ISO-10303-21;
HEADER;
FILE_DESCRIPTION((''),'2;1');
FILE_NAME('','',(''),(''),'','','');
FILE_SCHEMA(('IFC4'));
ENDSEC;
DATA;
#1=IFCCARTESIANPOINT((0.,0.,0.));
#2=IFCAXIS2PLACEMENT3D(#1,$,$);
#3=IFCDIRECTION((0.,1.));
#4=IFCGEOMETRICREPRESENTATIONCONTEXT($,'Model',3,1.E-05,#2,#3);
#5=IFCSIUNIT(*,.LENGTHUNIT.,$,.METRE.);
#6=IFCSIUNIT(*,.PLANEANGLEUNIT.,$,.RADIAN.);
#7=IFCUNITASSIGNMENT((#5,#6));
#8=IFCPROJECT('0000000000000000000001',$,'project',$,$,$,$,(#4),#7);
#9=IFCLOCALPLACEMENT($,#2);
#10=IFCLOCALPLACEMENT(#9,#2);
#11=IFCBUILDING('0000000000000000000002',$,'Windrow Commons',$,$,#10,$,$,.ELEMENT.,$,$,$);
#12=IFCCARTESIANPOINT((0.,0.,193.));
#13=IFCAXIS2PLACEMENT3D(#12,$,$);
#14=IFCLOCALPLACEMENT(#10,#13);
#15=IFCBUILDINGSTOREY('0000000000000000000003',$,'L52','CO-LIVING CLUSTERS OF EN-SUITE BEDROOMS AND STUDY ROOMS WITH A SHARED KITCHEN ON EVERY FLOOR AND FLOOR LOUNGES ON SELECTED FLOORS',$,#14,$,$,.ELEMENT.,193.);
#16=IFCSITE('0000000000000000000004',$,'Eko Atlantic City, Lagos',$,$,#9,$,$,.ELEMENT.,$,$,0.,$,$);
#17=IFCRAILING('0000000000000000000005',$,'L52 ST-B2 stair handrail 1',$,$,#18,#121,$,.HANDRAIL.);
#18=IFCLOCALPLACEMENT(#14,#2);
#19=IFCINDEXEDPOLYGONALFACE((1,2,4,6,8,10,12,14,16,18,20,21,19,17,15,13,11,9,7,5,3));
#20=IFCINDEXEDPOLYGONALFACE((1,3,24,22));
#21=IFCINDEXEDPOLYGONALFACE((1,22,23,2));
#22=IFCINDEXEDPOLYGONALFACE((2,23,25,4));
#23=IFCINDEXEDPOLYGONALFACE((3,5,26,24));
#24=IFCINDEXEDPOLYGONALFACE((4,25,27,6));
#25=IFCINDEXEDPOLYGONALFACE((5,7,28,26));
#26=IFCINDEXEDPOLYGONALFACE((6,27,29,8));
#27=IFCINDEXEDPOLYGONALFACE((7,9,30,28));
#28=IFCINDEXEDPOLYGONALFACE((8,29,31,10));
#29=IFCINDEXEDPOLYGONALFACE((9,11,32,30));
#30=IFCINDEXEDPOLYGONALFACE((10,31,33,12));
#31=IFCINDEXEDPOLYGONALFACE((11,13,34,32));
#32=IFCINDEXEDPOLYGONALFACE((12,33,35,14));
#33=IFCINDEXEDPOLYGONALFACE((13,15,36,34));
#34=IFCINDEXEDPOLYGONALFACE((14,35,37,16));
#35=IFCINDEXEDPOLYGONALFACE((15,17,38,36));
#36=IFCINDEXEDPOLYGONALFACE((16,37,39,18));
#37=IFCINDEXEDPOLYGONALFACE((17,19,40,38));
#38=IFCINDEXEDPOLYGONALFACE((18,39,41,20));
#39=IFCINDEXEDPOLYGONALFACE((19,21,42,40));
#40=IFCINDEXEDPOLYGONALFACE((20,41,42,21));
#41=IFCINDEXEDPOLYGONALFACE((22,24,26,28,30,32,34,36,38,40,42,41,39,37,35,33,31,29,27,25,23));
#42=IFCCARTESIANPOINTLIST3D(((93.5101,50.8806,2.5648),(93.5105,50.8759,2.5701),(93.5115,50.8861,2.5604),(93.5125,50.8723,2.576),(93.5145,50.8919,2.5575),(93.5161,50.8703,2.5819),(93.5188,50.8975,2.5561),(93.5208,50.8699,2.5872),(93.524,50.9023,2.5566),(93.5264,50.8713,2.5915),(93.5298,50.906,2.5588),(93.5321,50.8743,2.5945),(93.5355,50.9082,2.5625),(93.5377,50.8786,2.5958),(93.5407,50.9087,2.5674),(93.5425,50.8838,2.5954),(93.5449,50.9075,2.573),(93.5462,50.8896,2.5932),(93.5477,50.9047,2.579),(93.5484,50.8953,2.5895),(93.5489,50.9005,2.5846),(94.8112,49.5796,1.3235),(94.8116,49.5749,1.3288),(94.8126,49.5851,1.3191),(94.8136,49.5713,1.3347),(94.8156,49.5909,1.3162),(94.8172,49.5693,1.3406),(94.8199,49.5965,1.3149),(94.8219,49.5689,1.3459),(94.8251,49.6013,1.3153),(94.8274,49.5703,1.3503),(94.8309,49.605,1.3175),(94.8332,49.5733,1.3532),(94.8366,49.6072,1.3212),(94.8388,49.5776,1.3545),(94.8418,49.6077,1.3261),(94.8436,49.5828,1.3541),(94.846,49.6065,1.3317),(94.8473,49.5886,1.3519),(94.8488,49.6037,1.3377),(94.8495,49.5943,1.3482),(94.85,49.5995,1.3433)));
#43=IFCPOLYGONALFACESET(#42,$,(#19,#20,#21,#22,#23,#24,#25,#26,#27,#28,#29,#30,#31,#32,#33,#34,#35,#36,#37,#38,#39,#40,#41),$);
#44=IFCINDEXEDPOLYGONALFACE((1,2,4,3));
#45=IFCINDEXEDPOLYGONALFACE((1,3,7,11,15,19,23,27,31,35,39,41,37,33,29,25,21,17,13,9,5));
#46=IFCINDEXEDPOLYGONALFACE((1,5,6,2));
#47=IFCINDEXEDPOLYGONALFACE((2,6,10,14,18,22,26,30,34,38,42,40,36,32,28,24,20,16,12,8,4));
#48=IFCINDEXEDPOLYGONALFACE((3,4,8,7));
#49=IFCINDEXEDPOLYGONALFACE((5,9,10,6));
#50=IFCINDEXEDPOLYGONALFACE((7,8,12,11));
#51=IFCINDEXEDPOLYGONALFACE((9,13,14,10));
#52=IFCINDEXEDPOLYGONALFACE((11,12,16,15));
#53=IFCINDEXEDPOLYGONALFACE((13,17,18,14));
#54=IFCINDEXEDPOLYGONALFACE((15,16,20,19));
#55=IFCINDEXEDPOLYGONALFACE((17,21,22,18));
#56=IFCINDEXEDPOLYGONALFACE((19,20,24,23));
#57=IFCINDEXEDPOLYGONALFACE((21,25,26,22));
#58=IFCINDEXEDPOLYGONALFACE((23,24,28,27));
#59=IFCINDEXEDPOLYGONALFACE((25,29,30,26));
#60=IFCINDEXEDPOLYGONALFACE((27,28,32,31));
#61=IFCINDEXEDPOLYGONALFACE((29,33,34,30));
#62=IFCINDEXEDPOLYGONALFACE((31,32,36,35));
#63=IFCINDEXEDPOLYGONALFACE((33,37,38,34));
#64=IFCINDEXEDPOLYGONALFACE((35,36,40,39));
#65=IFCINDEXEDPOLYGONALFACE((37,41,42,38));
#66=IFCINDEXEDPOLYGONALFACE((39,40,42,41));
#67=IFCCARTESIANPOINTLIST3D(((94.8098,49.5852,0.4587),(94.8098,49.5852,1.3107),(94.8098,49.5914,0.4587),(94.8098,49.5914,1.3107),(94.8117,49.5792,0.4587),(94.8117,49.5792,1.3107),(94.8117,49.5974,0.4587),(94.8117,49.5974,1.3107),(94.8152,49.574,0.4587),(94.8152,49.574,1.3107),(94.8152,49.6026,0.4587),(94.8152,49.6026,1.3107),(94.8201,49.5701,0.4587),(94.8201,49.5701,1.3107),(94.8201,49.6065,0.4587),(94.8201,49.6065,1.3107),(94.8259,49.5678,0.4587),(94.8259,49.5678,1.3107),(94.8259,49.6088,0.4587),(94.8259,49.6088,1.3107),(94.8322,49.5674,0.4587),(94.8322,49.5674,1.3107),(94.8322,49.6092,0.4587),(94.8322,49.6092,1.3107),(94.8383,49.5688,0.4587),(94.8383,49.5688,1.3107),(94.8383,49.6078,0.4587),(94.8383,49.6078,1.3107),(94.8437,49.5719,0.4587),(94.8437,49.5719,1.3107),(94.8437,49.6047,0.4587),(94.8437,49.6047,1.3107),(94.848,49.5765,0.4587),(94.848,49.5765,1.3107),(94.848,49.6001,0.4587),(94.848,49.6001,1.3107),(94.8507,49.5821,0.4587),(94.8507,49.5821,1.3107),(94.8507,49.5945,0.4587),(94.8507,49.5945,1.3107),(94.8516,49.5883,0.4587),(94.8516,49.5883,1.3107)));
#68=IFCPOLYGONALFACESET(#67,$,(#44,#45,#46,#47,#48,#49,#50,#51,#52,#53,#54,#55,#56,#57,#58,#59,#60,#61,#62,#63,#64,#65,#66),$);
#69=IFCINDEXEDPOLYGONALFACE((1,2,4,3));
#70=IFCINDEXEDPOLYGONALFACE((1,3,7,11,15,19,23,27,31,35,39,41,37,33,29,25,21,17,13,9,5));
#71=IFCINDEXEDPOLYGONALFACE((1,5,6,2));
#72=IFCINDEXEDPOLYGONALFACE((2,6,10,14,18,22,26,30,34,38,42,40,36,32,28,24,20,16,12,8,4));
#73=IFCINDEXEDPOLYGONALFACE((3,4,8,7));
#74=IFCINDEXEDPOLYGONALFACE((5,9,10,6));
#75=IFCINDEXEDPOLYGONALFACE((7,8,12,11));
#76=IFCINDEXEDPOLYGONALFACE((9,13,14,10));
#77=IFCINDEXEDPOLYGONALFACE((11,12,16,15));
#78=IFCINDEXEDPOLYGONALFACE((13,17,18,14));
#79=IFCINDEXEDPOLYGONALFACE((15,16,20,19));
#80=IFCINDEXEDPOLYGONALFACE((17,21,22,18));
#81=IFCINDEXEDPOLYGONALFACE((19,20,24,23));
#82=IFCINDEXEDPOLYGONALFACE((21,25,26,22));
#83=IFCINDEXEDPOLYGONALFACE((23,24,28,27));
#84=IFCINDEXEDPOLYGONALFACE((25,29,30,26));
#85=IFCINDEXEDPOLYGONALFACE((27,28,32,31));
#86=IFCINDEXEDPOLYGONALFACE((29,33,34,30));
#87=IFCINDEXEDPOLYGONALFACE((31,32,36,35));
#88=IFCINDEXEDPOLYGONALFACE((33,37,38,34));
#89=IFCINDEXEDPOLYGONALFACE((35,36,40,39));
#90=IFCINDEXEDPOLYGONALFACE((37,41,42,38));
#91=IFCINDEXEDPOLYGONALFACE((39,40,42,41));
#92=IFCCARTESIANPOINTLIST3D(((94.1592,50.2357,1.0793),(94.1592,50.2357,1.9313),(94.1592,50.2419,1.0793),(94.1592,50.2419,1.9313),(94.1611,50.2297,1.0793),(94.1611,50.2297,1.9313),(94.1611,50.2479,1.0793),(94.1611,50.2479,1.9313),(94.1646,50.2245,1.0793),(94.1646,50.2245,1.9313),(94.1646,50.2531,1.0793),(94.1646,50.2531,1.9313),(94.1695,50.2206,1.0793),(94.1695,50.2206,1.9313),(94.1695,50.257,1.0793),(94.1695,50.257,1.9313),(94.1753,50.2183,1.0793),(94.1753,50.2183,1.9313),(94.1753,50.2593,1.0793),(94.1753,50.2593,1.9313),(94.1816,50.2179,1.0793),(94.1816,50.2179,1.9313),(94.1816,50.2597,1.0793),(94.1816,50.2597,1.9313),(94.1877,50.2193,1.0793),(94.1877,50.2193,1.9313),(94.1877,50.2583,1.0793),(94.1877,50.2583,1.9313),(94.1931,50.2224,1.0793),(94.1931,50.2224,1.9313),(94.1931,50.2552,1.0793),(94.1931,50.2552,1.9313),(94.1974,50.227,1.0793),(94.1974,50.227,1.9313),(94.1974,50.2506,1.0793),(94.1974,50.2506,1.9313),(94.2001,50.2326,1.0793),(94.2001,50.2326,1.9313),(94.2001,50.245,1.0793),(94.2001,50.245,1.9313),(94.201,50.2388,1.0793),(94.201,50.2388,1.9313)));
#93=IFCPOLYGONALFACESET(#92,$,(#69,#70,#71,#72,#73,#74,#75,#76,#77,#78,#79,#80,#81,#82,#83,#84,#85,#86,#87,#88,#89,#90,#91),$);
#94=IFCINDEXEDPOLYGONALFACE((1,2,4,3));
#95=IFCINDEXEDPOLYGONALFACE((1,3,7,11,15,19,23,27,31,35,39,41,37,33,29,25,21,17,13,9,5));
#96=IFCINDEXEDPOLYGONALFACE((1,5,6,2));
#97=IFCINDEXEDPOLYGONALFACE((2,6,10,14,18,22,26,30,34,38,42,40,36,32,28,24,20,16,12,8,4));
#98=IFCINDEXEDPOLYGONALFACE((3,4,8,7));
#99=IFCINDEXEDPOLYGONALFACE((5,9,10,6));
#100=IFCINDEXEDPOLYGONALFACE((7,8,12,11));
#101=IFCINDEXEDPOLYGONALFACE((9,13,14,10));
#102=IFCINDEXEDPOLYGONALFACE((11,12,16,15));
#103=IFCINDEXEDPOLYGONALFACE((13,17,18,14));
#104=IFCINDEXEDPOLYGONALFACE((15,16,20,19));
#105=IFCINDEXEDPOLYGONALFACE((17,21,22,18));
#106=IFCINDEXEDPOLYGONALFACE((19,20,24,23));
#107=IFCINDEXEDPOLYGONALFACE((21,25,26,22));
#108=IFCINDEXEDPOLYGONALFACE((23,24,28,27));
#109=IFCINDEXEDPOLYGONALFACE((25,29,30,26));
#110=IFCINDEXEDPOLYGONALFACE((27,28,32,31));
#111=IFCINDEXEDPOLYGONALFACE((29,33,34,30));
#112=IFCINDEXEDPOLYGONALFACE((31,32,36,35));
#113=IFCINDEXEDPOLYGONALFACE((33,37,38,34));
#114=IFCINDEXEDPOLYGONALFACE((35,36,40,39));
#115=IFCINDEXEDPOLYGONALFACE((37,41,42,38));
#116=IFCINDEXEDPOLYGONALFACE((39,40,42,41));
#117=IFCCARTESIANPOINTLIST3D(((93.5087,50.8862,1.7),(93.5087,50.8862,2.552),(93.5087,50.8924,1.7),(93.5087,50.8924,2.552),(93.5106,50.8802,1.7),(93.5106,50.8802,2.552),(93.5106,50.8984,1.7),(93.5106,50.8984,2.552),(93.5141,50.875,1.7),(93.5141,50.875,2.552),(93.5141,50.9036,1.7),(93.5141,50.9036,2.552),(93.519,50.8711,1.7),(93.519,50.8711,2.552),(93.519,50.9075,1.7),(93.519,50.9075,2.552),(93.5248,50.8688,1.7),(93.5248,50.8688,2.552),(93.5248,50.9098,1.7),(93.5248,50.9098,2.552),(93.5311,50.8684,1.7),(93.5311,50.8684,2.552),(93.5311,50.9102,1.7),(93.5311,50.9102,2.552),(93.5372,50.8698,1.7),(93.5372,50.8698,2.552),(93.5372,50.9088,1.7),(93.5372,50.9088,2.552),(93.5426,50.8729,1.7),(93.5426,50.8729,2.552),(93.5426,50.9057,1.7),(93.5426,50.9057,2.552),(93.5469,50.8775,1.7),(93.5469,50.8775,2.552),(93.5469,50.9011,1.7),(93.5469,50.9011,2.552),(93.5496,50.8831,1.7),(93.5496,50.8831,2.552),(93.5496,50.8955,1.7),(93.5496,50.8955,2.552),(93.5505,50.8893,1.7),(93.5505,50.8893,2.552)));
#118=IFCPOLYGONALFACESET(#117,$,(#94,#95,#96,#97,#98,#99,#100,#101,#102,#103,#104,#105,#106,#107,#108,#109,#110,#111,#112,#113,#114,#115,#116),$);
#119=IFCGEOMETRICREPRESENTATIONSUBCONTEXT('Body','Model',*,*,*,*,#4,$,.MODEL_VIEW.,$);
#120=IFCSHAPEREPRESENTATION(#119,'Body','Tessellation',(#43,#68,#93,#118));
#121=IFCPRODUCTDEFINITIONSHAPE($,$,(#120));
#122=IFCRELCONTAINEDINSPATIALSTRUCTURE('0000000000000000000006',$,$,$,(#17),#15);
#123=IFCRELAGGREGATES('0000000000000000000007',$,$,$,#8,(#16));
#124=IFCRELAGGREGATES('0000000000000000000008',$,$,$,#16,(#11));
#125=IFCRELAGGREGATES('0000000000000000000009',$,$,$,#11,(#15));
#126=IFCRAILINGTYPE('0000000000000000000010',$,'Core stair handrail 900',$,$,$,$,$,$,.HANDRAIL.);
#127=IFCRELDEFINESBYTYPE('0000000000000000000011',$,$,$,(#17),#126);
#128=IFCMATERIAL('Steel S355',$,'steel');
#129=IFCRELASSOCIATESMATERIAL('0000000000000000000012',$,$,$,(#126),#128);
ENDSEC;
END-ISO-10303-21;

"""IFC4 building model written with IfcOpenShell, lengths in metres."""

from ifc_helpers import new_model, si_unit, direction, frame, origin, origin_2d, place, context, subcontext, project, spatial, circle, extrude, material, type_object, element, save


model = new_model("IFC4")

# Units and contexts
model_context = context("Model", 3, precision=1e-05, world=origin(), true_north=direction((0.0, 1.0)))
body_context = subcontext(model_context, "Body", "Model", "MODEL_VIEW")
ifc_project = project(units=[si_unit("LENGTHUNIT", "METRE"), si_unit("PLANEANGLEUNIT", "RADIAN")], contexts=[model_context])

# Site, building, storey
site_placement = place(None, origin())
site = spatial("IfcSite", under=ifc_project, at=site_placement, Name="Eko Atlantic City, Lagos", CompositionType="ELEMENT", RefElevation=0.0)
building_placement = place(site_placement, origin())
building = spatial("IfcBuilding", under=site, at=building_placement, Name="Windrow Commons", CompositionType="ELEMENT")
storey_placement = place(building_placement, frame((0.0, 0.0, 193.0)))
storey = spatial("IfcBuildingStorey", under=building, at=storey_placement, Name="L52", Description="CO-LIVING CLUSTERS OF EN-SUITE BEDROOMS AND STUDY ROOMS WITH A SHARED KITCHEN ON EVERY FLOOR AND FLOOR LOUNGES ON SELECTED FLOORS", CompositionType="ELEMENT", Elevation=193.0)

# Railing
ifc_material_1 = material(Name="Steel S355", Category="steel")
railing_type_1 = type_object("IfcRailingType", Name="Core stair handrail 900", PredefinedType="HANDRAIL", material=ifc_material_1)
railing_1_placement = place(storey_placement, frame((94.8306, 49.5883, 0.4587)))
element("IfcRailing", 1, at=railing_1_placement, inside=storey, type_object=railing_type_1, Name="L52 ST-B2 stair handrail 1", PredefinedType="HANDRAIL", context=body_context, shape_type="SweptSolid", body=[
    extrude(circle(Radius=0.024, at=origin_2d()), frame((0.0, 0.0, 0.876), z_axis=(-0.586207, 0.586162, 0.559264), x_axis=(-0.70708, -0.707134, 0.0)), (0.0, 0.0, 1.0), 2.2195),
    extrude(circle(Radius=0.021, at=origin_2d()), origin(), (0.0, 0.0, 1.0), 0.852),
    extrude(circle(Radius=0.021, at=origin_2d()), frame((-0.6506, 0.6505, 0.6206)), (0.0, 0.0, 1.0), 0.852),
    extrude(circle(Radius=0.021, at=origin_2d()), frame((-1.3011, 1.301, 1.2413)), (0.0, 0.0, 1.0), 0.852),
])

save(model, "model.ifc")
